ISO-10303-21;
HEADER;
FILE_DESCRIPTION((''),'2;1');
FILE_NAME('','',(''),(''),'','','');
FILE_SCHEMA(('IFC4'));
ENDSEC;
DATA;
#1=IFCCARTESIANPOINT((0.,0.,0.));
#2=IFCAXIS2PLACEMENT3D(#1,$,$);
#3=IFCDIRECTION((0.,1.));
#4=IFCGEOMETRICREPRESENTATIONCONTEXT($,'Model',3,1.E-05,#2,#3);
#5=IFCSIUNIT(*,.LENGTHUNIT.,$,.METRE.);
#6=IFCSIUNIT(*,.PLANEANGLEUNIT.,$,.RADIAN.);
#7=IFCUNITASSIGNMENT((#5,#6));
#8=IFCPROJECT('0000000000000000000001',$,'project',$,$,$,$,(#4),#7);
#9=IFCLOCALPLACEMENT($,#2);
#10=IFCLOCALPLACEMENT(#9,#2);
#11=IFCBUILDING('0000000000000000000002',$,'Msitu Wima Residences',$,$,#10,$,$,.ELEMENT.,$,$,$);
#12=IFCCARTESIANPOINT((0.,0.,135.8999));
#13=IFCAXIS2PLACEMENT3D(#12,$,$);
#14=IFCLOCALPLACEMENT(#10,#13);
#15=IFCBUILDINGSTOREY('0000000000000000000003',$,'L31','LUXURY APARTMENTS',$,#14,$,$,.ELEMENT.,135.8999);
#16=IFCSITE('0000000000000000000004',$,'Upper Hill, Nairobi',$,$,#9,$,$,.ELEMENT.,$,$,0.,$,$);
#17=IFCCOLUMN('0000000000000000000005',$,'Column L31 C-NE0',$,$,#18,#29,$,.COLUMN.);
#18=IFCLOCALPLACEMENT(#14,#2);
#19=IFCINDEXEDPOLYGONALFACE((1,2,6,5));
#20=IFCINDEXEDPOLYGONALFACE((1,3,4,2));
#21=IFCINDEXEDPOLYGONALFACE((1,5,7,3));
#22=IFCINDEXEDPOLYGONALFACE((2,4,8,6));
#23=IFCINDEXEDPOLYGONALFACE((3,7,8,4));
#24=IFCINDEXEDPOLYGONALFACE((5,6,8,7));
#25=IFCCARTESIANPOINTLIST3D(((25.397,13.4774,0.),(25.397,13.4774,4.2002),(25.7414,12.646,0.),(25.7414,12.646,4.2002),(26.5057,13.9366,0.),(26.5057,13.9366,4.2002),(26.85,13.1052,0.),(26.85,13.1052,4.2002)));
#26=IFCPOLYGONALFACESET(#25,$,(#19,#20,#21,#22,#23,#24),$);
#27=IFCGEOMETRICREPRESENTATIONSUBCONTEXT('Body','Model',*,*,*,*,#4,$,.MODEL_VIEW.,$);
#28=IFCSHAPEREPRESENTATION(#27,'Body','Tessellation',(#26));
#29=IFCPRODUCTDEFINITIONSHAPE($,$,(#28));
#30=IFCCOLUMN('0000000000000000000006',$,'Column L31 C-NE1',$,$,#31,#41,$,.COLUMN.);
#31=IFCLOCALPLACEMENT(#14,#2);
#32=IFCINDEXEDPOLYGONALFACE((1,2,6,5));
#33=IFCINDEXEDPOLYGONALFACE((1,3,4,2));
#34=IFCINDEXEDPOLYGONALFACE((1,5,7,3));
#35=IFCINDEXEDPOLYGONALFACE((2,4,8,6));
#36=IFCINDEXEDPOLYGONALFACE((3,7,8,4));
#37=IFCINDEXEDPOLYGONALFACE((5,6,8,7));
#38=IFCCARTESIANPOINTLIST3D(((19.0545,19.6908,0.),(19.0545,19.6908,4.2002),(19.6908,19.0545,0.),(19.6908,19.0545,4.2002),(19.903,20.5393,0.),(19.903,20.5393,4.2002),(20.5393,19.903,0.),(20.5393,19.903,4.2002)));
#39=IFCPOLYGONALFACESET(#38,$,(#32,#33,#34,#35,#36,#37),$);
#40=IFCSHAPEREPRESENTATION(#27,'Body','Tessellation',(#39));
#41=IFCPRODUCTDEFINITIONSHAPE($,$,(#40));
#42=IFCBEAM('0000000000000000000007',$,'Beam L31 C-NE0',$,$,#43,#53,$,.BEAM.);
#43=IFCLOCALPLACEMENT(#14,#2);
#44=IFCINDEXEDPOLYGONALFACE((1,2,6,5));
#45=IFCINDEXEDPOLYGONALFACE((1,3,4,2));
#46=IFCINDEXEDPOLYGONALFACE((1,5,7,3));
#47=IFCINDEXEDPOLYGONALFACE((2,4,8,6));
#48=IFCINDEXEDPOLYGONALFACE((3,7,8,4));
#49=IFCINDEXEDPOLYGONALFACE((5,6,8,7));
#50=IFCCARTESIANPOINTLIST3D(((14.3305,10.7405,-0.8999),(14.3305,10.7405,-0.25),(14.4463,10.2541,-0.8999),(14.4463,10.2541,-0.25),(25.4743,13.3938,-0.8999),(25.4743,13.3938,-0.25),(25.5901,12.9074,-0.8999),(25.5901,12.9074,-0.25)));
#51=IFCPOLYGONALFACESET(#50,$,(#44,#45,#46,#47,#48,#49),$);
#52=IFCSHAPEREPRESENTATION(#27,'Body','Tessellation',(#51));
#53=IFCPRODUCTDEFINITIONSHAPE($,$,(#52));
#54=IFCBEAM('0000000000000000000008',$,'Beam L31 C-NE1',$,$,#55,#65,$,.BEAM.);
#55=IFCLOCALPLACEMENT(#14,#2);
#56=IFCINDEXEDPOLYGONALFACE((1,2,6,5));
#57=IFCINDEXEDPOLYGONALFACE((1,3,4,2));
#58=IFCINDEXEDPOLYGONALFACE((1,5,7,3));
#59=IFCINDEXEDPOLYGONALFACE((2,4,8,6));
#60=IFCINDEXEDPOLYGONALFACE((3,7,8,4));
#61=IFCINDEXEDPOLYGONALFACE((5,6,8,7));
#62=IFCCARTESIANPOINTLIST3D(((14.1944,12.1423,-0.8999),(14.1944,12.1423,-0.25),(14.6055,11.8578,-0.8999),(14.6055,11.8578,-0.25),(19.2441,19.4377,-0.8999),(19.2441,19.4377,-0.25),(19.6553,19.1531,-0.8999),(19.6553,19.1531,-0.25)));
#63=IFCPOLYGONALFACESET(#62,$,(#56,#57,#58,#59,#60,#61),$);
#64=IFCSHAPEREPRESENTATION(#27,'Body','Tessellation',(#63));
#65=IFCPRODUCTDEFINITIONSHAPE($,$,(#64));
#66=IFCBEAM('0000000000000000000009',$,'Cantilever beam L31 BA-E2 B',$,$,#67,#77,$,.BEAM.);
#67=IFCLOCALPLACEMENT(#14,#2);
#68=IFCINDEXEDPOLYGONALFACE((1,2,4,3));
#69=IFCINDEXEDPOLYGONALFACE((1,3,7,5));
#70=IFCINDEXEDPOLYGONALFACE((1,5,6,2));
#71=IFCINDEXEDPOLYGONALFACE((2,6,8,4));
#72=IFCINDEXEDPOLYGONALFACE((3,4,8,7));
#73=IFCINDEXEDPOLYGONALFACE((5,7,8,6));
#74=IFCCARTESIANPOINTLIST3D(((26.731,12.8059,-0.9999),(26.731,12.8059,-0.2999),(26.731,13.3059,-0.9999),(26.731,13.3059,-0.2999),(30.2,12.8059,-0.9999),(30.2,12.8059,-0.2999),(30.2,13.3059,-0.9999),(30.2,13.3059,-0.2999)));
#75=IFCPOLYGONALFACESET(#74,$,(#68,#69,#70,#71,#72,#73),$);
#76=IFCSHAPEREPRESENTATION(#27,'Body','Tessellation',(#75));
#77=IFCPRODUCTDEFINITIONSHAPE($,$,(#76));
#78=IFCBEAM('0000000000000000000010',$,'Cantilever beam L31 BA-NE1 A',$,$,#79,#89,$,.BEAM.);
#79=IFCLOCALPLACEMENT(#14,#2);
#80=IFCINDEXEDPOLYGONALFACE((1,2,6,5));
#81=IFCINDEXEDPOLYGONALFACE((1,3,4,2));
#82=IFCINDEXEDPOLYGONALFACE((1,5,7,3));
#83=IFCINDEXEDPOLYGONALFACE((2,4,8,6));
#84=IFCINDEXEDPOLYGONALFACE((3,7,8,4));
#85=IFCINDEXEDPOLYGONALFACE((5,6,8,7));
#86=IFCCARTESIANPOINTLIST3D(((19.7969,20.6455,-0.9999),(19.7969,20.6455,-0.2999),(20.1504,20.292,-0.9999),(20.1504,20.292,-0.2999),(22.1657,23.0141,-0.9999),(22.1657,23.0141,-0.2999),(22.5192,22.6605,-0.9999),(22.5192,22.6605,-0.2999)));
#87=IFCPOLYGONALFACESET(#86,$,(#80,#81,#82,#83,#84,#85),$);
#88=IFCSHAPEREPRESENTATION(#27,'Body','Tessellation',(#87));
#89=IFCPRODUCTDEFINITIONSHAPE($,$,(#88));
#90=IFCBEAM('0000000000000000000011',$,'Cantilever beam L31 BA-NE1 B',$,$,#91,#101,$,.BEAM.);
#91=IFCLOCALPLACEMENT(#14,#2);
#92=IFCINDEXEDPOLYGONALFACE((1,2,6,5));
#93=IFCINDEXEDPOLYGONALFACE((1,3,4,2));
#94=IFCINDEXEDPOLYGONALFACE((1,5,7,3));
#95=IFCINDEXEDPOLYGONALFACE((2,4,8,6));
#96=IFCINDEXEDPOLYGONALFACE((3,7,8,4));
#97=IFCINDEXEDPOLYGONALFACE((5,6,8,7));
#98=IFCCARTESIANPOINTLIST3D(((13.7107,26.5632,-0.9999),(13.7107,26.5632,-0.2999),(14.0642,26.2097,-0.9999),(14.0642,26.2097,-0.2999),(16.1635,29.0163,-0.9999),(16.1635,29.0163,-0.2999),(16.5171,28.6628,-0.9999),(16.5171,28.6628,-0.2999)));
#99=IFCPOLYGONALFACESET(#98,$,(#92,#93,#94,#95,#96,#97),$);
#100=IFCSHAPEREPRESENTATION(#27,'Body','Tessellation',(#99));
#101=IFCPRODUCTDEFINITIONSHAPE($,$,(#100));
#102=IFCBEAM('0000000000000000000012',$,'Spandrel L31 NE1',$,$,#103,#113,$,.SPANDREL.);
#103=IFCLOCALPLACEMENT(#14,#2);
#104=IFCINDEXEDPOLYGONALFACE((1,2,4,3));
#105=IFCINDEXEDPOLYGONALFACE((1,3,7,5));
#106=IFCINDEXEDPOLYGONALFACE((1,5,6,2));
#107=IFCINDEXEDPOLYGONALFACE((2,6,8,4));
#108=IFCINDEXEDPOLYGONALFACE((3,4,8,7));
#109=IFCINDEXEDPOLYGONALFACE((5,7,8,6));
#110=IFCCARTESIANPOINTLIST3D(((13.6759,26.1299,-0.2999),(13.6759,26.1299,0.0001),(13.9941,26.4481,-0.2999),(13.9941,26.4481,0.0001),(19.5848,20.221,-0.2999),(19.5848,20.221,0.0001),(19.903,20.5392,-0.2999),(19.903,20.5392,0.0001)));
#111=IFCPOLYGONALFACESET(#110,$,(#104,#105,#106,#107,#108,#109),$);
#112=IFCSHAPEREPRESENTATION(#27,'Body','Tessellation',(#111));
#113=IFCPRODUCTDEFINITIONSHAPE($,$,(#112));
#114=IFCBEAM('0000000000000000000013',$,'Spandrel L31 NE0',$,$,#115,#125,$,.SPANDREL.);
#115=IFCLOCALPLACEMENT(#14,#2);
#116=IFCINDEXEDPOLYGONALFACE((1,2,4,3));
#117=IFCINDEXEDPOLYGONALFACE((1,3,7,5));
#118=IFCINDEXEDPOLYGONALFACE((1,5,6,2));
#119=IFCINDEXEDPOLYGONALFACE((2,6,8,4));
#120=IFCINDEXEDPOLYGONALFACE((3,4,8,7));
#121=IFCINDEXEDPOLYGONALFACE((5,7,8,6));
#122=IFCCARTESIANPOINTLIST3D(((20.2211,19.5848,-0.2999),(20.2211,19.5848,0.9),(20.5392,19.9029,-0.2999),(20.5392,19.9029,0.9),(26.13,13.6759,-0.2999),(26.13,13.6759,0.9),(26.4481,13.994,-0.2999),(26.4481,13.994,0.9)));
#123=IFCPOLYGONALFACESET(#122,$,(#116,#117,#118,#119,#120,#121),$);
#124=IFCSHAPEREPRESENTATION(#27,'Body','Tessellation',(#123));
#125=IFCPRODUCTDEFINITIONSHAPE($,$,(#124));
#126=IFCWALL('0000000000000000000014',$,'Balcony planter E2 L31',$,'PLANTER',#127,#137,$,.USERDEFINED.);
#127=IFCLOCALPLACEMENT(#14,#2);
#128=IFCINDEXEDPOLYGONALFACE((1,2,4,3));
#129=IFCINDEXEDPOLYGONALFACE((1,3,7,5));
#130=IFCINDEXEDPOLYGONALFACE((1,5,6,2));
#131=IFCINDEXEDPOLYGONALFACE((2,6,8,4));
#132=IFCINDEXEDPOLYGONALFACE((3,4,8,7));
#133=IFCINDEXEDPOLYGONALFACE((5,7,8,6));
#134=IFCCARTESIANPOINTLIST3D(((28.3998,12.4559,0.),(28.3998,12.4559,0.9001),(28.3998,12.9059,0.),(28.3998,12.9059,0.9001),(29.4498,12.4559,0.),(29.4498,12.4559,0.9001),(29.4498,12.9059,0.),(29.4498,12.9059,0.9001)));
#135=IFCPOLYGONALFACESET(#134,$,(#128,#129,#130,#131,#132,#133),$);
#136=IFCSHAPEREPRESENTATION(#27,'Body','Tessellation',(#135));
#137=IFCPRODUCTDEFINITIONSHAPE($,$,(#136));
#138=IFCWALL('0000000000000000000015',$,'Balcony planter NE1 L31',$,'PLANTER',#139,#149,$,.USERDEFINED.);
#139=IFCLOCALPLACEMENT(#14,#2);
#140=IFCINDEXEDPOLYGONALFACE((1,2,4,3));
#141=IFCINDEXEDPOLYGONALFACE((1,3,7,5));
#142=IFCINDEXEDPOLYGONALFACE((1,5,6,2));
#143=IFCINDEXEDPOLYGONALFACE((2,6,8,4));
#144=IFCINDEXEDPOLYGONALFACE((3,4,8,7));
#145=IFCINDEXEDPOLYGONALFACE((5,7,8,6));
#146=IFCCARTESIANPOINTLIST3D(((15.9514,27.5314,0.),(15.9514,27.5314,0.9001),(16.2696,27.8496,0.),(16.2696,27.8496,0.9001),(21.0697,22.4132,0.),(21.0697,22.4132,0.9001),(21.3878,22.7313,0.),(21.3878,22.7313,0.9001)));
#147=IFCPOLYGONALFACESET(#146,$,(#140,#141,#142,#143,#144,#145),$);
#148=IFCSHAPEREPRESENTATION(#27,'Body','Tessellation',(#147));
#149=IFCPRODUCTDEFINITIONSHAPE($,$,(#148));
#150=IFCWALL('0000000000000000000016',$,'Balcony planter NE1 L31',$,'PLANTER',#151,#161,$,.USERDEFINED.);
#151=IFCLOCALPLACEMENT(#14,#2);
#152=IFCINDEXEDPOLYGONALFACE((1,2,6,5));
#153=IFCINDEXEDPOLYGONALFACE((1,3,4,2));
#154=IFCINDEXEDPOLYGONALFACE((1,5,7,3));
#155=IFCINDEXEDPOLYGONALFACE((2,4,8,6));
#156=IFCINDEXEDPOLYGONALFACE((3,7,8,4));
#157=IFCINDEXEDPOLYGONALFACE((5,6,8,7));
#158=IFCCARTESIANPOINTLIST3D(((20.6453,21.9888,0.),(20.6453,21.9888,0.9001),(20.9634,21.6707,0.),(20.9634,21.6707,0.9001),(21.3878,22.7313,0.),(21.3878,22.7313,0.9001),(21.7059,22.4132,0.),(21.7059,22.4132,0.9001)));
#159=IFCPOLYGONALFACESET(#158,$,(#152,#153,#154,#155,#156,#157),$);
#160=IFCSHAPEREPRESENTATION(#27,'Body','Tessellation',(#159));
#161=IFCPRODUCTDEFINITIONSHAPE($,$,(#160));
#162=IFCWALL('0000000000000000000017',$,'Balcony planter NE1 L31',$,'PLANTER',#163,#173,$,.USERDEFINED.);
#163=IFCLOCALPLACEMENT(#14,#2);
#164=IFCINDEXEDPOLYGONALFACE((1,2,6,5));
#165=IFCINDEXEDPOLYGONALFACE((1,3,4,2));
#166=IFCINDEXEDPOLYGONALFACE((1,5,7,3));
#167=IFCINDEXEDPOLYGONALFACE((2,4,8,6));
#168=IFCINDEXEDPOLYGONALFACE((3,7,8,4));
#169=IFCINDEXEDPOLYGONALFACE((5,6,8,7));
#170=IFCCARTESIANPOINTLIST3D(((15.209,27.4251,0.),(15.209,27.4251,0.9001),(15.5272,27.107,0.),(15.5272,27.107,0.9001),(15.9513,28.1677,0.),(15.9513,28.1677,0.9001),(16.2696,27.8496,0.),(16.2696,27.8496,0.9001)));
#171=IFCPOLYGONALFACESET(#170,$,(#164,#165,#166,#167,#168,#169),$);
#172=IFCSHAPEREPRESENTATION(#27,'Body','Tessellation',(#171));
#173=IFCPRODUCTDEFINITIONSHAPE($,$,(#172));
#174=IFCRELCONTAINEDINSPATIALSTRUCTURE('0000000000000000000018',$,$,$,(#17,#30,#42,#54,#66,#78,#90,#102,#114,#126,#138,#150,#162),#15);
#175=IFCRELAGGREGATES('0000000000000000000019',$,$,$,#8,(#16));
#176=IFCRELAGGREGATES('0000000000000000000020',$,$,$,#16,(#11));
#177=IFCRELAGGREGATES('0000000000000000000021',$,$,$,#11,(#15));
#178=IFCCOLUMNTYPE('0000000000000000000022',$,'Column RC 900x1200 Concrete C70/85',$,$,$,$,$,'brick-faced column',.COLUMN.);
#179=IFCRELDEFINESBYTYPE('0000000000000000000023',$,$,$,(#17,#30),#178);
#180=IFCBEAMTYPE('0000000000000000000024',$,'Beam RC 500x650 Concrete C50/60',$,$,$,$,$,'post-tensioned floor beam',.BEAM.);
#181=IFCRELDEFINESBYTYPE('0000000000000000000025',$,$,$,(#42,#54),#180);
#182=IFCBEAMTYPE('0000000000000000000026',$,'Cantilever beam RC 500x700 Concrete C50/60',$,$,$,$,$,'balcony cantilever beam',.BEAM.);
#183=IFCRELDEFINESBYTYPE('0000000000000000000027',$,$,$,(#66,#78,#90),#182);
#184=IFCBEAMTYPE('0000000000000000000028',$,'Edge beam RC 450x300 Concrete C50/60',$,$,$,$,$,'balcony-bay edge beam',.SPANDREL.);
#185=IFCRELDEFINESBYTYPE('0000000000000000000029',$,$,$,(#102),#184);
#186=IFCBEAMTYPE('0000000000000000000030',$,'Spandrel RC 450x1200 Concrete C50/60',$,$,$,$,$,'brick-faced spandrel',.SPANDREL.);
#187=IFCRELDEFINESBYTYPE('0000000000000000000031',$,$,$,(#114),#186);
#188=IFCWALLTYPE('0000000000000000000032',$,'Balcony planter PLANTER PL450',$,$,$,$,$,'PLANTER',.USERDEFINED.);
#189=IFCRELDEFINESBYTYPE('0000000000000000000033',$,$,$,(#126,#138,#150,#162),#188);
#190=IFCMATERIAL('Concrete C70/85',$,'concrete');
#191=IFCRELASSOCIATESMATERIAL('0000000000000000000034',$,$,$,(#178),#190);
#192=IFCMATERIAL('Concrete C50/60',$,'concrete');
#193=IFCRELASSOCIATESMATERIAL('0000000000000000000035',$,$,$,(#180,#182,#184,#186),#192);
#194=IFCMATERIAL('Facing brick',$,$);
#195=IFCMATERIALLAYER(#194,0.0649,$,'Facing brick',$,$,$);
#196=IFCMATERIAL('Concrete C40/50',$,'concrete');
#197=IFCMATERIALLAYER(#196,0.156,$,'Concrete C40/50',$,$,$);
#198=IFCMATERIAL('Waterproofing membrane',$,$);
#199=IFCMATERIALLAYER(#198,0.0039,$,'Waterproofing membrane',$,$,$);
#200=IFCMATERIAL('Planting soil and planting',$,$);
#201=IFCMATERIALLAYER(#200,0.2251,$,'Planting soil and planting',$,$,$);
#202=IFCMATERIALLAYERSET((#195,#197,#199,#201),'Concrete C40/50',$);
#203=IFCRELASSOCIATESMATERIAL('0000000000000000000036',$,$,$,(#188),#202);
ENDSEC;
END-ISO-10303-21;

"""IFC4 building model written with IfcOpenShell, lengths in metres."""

from ifc_helpers import new_model, si_unit, direction, frame, frame_2d, origin, origin_2d, place, context, subcontext, project, spatial, rectangle, extrude, material, layer, layer_set, material_profile, profile_set, type_object, element, save


model = new_model("IFC4")

# Units and contexts
model_context = context("Model", 3, precision=1e-05, world=origin(), true_north=direction((0.0, 1.0)))
body_context = subcontext(model_context, "Body", "Model", "MODEL_VIEW")
ifc_project = project(units=[si_unit("LENGTHUNIT", "METRE"), si_unit("PLANEANGLEUNIT", "RADIAN")], contexts=[model_context])

# Site, building, storey
site_placement = place(None, origin())
site = spatial("IfcSite", under=ifc_project, at=site_placement, Name="Upper Hill, Nairobi", CompositionType="ELEMENT", RefElevation=0.0)
building_placement = place(site_placement, origin())
building = spatial("IfcBuilding", under=site, at=building_placement, Name="Msitu Wima Residences", CompositionType="ELEMENT")
storey_placement = place(building_placement, frame((0.0, 0.0, 135.8999)))
storey = spatial("IfcBuildingStorey", under=building, at=storey_placement, Name="L31", Description="LUXURY APARTMENTS", CompositionType="ELEMENT", Elevation=135.8999)

# Columns
ifc_material_1 = material(Name="Concrete C70/85", Category="concrete")
ifc_material_profile_1 = material_profile(ifc_material_1, rectangle(XDim=0.8999, YDim=1.2, at=origin_2d()), Name="RC 900x1200")
ifc_profile_set_1 = profile_set([ifc_material_profile_1], Name="Concrete C70/85")
column_type = type_object("IfcColumnType", Name="Column RC 900x1200 Concrete C70/85", ElementType="brick-faced column", PredefinedType="COLUMN", material=ifc_profile_set_1)
for number, where, z_axis, x_axis, name in (
    (1, (26.1235, 13.2913, 0.0), (0.0, 0.0, 1.0), (-0.382683, 0.92388, 0.0), "Column L31 C-NE0"),
    (2, (19.7969, 19.7969, 0.0), (0.0, 0.0, 1.0), (-0.707107, 0.707107, 0.0), "Column L31 C-NE1"),
):
    element("IfcColumn", number, at=place(storey_placement, frame(where, z_axis=z_axis, x_axis=x_axis)), inside=storey, type_object=column_type, Name=name, PredefinedType="COLUMN", context=body_context, shape_type="SweptSolid", body=[
        extrude(rectangle(XDim=0.8999, YDim=1.2, at=origin_2d()), origin(), (0.0, 0.0, 1.0), 4.2002),
    ])

# Beams
ifc_material_2 = material(Name="Concrete C50/60", Category="concrete")
ifc_material_profile_2 = material_profile(ifc_material_2, rectangle(XDim=0.5, YDim=0.6499, at=origin_2d()), Name="RC 500x650")
ifc_profile_set_2 = profile_set([ifc_material_profile_2], Name="Concrete C50/60")
beam_type_1 = type_object("IfcBeamType", Name="Beam RC 500x650 Concrete C50/60", ElementType="post-tensioned floor beam", PredefinedType="BEAM", material=ifc_profile_set_2)
beam_1_placement = place(storey_placement, frame((25.5322, 13.1506, -0.575), z_axis=(-0.972806, -0.231623, 0.0), x_axis=(0.231623, -0.972806, 0.0)))
element("IfcBeam", 3, at=beam_1_placement, inside=storey, type_object=beam_type_1, Name="Beam L31 C-NE0", PredefinedType="BEAM", context=body_context, shape_type="SweptSolid", body=[
    extrude(rectangle(XDim=0.5, YDim=0.6499, at=origin_2d()), origin(), (0.0, 0.0, 1.0), 11.4553),
])
beam_2_placement = place(storey_placement, frame((19.4497, 19.2954, -0.575), z_axis=(-0.569144, -0.822238, 0.0), x_axis=(0.822238, -0.569144, 0.0)))
element("IfcBeam", 4, at=beam_2_placement, inside=storey, type_object=beam_type_1, Name="Beam L31 C-NE1", PredefinedType="BEAM", context=body_context, shape_type="SweptSolid", body=[
    extrude(rectangle(XDim=0.5, YDim=0.6499, at=origin_2d()), origin(), (0.0, 0.0, 1.0), 8.8726),
])
ifc_material_profile_3 = material_profile(ifc_material_2, rectangle(XDim=0.5, YDim=0.7, at=origin_2d()), Name="RC 500x700")
ifc_profile_set_3 = profile_set([ifc_material_profile_3], Name="Concrete C50/60")
beam_type_2 = type_object("IfcBeamType", Name="Cantilever beam RC 500x700 Concrete C50/60", ElementType="balcony cantilever beam", PredefinedType="BEAM", material=ifc_profile_set_3)
beam_3_placement = place(storey_placement, frame((26.731, 13.0559, -0.6499), z_axis=(1.0, 0.0, 0.0), x_axis=(0.0, 1.0, 0.0)))
element("IfcBeam", 5, at=beam_3_placement, inside=storey, type_object=beam_type_2, Name="Cantilever beam L31 BA-E2 B", PredefinedType="BEAM", context=body_context, shape_type="SweptSolid", body=[
    extrude(rectangle(XDim=0.5, YDim=0.7, at=origin_2d()), origin(), (0.0, 0.0, 1.0), 3.469),
])
beam_4_placement = place(storey_placement, frame((19.9736, 20.4688, -0.6499), z_axis=(0.707143, 0.70707, 0.0), x_axis=(-0.70707, 0.707143, 0.0)))
element("IfcBeam", 6, at=beam_4_placement, inside=storey, type_object=beam_type_2, Name="Cantilever beam L31 BA-NE1 A", PredefinedType="BEAM", context=body_context, shape_type="SweptSolid", body=[
    extrude(rectangle(XDim=0.5, YDim=0.7, at=origin_2d()), origin(), (0.0, 0.0, 1.0), 3.3499),
])
beam_5_placement = place(storey_placement, frame((13.8875, 26.3865, -0.6499), z_axis=(0.707072, 0.707142, 0.0), x_axis=(-0.707142, 0.707072, 0.0)))
element("IfcBeam", 7, at=beam_5_placement, inside=storey, type_object=beam_type_2, Name="Cantilever beam L31 BA-NE1 B", PredefinedType="BEAM", context=body_context, shape_type="SweptSolid", body=[
    extrude(rectangle(XDim=0.5, YDim=0.7, at=origin_2d()), origin(), (0.0, 0.0, 1.0), 3.469),
])
ifc_material_profile_4 = material_profile(ifc_material_2, rectangle(XDim=0.45, YDim=0.3, at=origin_2d()), Name="RC 450x300")
ifc_profile_set_4 = profile_set([ifc_material_profile_4], Name="Concrete C50/60")
beam_type_3 = type_object("IfcBeamType", Name="Edge beam RC 450x300 Concrete C50/60", ElementType="balcony-bay edge beam", PredefinedType="SPANDREL", material=ifc_profile_set_4)
beam_6_placement = place(storey_placement, frame((19.7439, 20.3801, -0.1499), z_axis=(-0.707107, 0.707107, 0.0), x_axis=(-0.707107, -0.707107, 0.0)))
element("IfcBeam", 8, at=beam_6_placement, inside=storey, type_object=beam_type_3, Name="Spandrel L31 NE1", PredefinedType="SPANDREL", context=body_context, shape_type="SweptSolid", body=[
    extrude(rectangle(XDim=0.45, YDim=0.3, at=origin_2d()), origin(), (0.0, 0.0, 1.0), 8.3564),
])
ifc_material_profile_5 = material_profile(ifc_material_2, rectangle(XDim=0.45, YDim=1.2, at=origin_2d()), Name="RC 450x1200")
ifc_profile_set_5 = profile_set([ifc_material_profile_5], Name="Concrete C50/60")
beam_type_4 = type_object("IfcBeamType", Name="Spandrel RC 450x1200 Concrete C50/60", ElementType="brick-faced spandrel", PredefinedType="SPANDREL", material=ifc_profile_set_5)
beam_7_placement = place(storey_placement, frame((26.2891, 13.835, 0.3), z_axis=(-0.707107, 0.707107, 0.0), x_axis=(-0.707107, -0.707107, 0.0)))
element("IfcBeam", 9, at=beam_7_placement, inside=storey, type_object=beam_type_4, Name="Spandrel L31 NE0", PredefinedType="SPANDREL", context=body_context, shape_type="SweptSolid", body=[
    extrude(rectangle(XDim=0.45, YDim=1.2, at=origin_2d()), origin(), (0.0, 0.0, 1.0), 8.3564),
])

# Walls
ifc_material_3 = material(Name="Facing brick")
ifc_layer_1 = layer(ifc_material_3, 0.0649, Name="Facing brick")
ifc_material_4 = material(Name="Concrete C40/50", Category="concrete")
ifc_layer_2 = layer(ifc_material_4, 0.156, Name="Concrete C40/50")
ifc_material_5 = material(Name="Waterproofing membrane")
ifc_layer_3 = layer(ifc_material_5, 0.0039, Name="Waterproofing membrane")
ifc_material_6 = material(Name="Planting soil and planting")
ifc_layer_4 = layer(ifc_material_6, 0.2251, Name="Planting soil and planting")
ifc_layer_set_1 = layer_set([ifc_layer_1, ifc_layer_2, ifc_layer_3, ifc_layer_4], Name="Concrete C40/50")
wall_type_1 = type_object("IfcWallType", Name="Balcony planter PLANTER PL450", ElementType="PLANTER", PredefinedType="USERDEFINED", material=ifc_layer_set_1)
wall_1_placement = place(storey_placement, frame((28.3999, 12.6809, 0.0), z_axis=(0.0, 0.0, 1.0), x_axis=(1.0, 0.0, 0.0)))
element("IfcWall", 10, at=wall_1_placement, inside=storey, type_object=wall_type_1, Name="Balcony planter E2 L31", ObjectType="PLANTER", PredefinedType="USERDEFINED", context=body_context, shape_type="SweptSolid", body=[
    extrude(rectangle(XDim=1.05, YDim=0.45, at=frame_2d((0.5249, 0.0))), origin(), (0.0, 0.0, 1.0), 0.9001),
])
wall_2_placement = place(storey_placement, frame((21.2288, 22.5723, 0.0), z_axis=(0.0, 0.0, 1.0), x_axis=(-0.707107, 0.707107, 0.0)))
element("IfcWall", 11, at=wall_2_placement, inside=storey, type_object=wall_type_1, Name="Balcony planter NE1 L31", ObjectType="PLANTER", PredefinedType="USERDEFINED", context=body_context, shape_type="SweptSolid", body=[
    extrude(rectangle(XDim=7.2383, YDim=0.45, at=frame_2d((3.6191, 0.0))), origin(), (0.0, 0.0, 1.0), 0.9001),
])
for number, where, z_axis, x_axis, name in (
    (12, (20.8044, 21.8298, 0.0), (0.0, 0.0, 1.0), (0.707107, 0.707107, 0.0), "Balcony planter NE1 L31"),
    (13, (15.3682, 27.2661, 0.0), (0.0, 0.0, 1.0), (0.706991, 0.707223, 0.0), "Balcony planter NE1 L31"),
):
    element("IfcWall", number, at=place(storey_placement, frame(where, z_axis=z_axis, x_axis=x_axis)), inside=storey, type_object=wall_type_1, Name=name, ObjectType="PLANTER", PredefinedType="USERDEFINED", context=body_context, shape_type="SweptSolid", body=[
        extrude(rectangle(XDim=1.05, YDim=0.45, at=frame_2d((0.5249, 0.0))), origin(), (0.0, 0.0, 1.0), 0.9001),
    ])

save(model, "model.ifc")
